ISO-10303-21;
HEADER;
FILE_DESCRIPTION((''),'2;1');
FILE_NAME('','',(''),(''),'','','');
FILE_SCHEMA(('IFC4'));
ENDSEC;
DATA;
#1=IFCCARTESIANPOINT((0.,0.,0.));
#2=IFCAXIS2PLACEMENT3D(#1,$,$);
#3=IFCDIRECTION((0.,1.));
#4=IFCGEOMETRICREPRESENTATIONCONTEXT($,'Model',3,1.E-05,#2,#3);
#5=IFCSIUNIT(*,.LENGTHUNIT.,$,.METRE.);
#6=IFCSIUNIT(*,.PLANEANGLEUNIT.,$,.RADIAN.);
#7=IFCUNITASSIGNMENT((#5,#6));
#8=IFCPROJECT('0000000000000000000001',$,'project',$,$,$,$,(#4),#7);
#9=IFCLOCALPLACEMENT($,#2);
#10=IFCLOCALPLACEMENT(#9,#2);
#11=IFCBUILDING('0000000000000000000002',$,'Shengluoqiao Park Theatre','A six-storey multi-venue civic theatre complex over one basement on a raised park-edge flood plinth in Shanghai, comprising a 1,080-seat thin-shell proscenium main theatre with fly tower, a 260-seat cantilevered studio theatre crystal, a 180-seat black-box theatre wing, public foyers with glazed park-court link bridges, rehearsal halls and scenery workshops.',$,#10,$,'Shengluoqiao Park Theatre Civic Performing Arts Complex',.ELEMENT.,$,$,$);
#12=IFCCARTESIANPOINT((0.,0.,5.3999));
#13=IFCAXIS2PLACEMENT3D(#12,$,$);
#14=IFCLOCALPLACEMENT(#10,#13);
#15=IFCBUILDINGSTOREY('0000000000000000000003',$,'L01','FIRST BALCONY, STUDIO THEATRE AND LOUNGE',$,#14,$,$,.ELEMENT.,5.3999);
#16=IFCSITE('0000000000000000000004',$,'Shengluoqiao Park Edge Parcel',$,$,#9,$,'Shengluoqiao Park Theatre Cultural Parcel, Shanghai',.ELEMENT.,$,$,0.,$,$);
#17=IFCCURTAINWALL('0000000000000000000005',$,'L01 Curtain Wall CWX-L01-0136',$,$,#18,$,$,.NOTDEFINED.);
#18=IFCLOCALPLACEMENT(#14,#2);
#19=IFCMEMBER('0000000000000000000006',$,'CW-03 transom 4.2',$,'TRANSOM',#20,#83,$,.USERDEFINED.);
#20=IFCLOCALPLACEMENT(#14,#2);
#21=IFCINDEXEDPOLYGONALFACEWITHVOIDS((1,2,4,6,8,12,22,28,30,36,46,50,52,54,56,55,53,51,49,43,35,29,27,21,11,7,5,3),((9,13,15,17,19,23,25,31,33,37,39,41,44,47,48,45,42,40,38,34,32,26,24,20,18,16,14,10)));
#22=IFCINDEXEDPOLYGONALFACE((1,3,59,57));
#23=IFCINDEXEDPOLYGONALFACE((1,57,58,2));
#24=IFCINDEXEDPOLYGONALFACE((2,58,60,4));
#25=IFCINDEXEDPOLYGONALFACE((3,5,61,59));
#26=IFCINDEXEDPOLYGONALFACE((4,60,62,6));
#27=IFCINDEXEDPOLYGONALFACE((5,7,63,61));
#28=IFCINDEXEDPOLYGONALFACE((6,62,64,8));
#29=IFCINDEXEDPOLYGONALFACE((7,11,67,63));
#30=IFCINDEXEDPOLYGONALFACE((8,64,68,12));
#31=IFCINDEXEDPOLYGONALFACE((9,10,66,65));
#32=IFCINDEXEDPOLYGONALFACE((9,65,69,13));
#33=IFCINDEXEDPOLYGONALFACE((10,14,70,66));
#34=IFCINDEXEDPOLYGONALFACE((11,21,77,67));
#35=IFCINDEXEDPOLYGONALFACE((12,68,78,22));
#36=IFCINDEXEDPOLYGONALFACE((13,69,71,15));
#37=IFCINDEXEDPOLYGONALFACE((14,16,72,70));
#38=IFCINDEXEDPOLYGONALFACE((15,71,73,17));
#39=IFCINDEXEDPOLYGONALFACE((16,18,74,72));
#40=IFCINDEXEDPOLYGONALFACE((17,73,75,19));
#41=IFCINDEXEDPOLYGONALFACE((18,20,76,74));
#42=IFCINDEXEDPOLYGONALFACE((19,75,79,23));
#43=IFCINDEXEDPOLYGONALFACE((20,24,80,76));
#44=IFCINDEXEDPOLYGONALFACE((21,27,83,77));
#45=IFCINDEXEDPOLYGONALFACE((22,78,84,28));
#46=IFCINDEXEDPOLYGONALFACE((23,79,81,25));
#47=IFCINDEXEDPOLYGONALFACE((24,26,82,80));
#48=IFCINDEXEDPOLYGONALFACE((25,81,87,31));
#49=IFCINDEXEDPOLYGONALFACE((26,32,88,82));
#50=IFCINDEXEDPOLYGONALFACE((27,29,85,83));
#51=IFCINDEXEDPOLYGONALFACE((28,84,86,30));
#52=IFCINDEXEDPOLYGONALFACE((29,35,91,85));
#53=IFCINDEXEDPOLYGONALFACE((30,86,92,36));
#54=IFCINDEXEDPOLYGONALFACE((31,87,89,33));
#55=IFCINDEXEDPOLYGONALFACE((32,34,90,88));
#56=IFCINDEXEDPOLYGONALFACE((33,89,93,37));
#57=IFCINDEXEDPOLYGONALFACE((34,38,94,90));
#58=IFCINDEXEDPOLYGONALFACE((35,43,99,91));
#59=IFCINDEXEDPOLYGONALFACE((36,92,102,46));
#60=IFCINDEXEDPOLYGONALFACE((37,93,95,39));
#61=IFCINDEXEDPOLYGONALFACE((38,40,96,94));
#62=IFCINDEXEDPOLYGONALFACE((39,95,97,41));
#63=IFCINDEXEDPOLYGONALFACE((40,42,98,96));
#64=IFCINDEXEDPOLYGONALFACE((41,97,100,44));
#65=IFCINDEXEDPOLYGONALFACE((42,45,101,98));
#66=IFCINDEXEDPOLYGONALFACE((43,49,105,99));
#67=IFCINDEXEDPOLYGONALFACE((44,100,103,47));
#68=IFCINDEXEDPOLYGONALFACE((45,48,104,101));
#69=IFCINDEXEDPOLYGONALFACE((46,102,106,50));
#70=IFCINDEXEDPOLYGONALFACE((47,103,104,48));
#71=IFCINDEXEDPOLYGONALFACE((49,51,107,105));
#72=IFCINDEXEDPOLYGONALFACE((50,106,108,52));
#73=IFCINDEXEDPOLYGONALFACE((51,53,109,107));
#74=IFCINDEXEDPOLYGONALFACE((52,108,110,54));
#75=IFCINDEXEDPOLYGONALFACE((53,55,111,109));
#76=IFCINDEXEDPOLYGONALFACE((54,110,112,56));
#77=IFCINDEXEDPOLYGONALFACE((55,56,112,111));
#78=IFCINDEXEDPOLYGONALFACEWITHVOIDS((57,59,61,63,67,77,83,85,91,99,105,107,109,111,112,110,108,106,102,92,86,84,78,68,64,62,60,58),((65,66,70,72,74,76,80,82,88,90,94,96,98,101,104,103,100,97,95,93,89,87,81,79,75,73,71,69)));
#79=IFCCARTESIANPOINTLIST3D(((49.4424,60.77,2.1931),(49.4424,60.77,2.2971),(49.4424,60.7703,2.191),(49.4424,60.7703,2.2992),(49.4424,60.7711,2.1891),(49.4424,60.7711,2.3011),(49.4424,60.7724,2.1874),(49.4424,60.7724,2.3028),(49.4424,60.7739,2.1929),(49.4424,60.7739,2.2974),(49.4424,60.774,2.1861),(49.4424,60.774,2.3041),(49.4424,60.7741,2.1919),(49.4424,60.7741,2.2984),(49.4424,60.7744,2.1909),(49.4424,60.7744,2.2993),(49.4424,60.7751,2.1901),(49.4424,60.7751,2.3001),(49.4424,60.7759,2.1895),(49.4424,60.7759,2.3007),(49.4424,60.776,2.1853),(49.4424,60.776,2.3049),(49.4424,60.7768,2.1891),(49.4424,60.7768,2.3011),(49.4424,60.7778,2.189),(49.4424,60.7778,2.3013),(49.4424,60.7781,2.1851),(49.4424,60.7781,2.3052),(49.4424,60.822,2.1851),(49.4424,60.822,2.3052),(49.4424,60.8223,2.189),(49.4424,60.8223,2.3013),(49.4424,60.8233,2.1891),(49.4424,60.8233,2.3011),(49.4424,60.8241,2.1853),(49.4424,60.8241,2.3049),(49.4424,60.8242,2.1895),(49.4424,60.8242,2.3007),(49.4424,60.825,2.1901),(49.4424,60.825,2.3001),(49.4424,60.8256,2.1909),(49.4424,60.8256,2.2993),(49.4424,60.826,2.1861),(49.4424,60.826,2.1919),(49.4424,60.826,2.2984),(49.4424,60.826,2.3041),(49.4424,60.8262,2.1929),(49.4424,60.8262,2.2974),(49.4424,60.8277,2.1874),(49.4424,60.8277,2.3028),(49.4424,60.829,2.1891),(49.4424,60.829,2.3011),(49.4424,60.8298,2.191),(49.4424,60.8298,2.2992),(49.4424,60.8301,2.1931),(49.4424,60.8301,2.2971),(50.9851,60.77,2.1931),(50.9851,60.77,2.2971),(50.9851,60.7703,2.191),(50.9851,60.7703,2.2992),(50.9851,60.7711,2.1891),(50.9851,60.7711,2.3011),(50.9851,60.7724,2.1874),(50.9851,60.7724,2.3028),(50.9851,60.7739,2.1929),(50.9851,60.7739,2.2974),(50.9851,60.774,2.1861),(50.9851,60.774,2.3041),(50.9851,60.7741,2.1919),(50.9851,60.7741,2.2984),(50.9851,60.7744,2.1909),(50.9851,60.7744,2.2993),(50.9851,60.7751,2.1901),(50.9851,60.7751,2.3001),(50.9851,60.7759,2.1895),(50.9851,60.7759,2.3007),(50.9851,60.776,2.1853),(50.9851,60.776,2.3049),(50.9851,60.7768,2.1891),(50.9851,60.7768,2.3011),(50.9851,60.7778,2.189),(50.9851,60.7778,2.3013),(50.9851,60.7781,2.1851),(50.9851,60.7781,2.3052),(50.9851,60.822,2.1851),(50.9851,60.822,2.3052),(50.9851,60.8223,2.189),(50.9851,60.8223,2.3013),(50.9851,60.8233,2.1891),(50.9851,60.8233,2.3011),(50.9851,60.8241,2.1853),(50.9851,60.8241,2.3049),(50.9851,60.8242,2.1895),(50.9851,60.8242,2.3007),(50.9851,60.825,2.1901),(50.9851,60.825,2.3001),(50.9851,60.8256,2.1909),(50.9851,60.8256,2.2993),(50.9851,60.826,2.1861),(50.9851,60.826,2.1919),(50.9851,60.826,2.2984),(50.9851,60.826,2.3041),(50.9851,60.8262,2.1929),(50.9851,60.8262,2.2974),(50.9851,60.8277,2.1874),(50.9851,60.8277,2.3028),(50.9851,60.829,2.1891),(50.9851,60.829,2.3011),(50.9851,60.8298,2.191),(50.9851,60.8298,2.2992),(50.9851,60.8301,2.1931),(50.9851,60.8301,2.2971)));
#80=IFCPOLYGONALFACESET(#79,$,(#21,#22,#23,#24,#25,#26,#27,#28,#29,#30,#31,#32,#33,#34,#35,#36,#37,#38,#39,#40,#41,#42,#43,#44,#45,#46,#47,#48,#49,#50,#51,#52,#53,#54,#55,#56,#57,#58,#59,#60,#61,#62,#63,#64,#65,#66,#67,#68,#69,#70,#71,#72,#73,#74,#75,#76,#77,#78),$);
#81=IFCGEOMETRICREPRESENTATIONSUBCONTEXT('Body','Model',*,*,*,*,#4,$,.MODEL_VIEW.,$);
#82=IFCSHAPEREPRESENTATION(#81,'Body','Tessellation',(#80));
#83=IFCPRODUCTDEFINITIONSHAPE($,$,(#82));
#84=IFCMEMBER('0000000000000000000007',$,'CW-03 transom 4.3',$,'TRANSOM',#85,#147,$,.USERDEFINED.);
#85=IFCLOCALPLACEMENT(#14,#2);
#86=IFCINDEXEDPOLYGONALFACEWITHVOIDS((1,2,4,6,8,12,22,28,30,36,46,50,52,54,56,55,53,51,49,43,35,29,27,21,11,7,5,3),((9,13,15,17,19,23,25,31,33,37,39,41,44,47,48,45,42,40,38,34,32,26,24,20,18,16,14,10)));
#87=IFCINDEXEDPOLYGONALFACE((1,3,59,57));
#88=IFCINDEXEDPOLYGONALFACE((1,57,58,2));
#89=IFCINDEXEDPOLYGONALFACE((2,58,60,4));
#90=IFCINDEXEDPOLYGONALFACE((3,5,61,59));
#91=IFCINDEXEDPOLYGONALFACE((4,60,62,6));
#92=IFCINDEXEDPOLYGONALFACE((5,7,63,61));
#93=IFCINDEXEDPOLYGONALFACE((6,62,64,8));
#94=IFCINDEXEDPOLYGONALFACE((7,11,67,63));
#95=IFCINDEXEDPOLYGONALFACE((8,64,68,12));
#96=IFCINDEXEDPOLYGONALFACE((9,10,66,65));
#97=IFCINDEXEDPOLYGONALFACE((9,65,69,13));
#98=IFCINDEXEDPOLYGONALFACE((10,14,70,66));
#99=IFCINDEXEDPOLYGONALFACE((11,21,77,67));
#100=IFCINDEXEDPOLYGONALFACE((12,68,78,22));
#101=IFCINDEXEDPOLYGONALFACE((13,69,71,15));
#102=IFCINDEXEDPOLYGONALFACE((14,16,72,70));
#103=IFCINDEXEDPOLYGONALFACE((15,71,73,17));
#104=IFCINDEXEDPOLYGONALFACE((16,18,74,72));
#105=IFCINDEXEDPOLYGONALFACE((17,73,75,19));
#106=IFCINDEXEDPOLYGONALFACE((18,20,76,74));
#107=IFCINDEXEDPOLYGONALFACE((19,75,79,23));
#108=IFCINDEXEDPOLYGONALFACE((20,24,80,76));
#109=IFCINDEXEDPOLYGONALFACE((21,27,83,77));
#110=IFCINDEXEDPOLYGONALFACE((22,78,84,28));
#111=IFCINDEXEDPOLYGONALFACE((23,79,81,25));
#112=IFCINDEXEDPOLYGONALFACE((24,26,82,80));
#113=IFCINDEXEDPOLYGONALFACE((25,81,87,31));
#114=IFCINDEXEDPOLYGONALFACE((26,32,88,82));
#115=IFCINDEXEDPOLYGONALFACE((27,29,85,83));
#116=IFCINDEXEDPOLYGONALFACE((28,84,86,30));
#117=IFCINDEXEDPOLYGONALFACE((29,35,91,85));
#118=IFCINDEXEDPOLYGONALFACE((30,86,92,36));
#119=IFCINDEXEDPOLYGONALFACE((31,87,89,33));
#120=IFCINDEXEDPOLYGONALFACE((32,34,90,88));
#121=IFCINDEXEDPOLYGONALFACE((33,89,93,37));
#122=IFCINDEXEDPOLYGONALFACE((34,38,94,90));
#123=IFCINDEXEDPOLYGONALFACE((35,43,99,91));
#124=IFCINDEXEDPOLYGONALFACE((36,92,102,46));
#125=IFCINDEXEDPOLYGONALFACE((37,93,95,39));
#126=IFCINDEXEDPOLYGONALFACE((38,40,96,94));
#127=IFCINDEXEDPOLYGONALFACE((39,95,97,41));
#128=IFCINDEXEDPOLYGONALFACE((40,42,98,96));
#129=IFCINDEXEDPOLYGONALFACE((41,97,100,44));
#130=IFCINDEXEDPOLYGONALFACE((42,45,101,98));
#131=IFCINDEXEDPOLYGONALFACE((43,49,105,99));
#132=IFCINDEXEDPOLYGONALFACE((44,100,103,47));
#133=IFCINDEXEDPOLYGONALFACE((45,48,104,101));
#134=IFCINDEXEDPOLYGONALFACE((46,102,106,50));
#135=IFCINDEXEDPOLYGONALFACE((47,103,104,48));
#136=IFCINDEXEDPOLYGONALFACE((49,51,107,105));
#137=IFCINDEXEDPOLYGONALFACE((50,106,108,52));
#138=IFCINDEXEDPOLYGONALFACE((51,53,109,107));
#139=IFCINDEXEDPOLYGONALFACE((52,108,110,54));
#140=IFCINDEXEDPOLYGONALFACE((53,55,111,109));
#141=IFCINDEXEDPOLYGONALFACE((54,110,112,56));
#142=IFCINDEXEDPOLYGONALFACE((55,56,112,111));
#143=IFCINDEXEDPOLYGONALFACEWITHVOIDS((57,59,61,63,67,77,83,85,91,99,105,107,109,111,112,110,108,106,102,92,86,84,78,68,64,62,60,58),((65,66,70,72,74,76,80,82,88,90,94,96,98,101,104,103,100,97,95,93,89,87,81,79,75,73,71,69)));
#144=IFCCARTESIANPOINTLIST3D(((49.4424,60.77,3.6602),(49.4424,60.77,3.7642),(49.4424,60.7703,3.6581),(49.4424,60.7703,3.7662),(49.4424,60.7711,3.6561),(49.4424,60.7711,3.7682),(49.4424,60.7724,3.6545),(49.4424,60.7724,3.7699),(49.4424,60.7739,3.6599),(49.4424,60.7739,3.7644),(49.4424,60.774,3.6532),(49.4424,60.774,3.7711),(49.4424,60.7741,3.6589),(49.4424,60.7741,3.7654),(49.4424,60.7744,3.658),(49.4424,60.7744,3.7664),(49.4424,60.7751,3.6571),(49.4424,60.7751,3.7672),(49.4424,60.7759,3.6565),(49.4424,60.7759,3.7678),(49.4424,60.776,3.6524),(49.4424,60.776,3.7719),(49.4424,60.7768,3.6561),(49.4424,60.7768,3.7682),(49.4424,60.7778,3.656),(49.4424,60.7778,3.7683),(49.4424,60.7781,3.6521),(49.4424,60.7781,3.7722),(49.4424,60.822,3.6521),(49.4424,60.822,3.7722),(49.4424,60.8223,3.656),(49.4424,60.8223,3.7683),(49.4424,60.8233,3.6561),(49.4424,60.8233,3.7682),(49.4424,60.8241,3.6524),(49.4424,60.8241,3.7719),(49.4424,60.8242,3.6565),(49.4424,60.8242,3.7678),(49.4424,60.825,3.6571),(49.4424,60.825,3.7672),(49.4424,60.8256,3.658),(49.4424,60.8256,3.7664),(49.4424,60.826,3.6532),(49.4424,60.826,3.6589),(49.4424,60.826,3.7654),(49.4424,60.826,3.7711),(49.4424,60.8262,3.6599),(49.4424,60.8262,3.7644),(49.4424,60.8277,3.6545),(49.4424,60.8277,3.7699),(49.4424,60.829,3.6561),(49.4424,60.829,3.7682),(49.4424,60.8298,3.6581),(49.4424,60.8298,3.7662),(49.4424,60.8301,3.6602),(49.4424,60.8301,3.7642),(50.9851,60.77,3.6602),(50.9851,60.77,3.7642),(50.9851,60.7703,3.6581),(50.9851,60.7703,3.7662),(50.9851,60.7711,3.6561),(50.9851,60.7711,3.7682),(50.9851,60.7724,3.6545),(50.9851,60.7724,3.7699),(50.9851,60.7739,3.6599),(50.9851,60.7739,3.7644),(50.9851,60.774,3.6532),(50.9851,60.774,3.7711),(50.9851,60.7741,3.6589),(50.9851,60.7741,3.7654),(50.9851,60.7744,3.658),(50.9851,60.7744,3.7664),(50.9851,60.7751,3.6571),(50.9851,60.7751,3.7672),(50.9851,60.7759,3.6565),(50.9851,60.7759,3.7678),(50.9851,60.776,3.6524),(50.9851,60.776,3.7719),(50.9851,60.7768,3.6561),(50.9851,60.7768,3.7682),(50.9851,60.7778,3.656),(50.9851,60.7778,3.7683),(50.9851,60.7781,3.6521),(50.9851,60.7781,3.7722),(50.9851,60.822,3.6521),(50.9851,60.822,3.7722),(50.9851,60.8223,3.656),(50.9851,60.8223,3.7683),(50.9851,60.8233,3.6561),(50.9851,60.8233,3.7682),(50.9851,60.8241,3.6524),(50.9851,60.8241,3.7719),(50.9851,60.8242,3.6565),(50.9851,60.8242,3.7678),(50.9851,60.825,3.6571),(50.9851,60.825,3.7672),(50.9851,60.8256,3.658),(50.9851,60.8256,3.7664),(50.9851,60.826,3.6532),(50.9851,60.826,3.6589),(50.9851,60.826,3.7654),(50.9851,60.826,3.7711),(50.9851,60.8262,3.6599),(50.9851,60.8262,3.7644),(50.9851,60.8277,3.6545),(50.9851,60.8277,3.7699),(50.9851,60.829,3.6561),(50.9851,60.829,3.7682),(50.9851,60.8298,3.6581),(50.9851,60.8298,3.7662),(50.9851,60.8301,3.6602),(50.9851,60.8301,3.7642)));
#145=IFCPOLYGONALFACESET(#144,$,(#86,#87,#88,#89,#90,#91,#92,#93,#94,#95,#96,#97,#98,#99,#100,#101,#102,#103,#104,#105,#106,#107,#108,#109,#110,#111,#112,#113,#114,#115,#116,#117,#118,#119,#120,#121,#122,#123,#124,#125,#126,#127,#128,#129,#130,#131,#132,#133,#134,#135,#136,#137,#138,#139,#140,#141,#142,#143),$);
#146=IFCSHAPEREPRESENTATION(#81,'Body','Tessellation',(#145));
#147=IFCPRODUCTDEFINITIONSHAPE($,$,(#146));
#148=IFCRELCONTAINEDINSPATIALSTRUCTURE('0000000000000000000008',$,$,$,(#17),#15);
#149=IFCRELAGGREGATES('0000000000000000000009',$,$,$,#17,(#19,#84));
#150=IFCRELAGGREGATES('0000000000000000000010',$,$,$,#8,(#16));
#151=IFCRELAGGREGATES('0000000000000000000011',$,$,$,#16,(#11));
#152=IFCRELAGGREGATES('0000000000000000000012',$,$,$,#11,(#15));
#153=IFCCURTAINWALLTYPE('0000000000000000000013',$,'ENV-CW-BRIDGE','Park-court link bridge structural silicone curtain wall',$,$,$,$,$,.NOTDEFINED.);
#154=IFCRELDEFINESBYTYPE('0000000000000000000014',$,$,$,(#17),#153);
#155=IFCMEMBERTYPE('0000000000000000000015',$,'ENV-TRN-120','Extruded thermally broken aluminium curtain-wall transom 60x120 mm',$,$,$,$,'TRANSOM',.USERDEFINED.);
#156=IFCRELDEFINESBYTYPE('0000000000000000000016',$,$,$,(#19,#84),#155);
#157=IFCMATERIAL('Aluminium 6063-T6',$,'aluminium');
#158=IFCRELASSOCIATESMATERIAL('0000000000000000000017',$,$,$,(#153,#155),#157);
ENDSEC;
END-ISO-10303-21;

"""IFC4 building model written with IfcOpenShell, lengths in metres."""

from ifc_helpers import new_model, si_unit, direction, frame, origin, origin_2d, place, context, subcontext, project, spatial, hollow_rectangle, extrude, material, material_profile, profile_set, type_object, element, aggregate, save


model = new_model("IFC4")

# Units and contexts
model_context = context("Model", 3, precision=1e-05, world=origin(), true_north=direction((0.0, 1.0)))
body_context = subcontext(model_context, "Body", "Model", "MODEL_VIEW")
ifc_project = project(units=[si_unit("LENGTHUNIT", "METRE"), si_unit("PLANEANGLEUNIT", "RADIAN")], contexts=[model_context])

# Site, building, storey
site_placement = place(None, origin())
site = spatial("IfcSite", under=ifc_project, at=site_placement, Name="Shengluoqiao Park Edge Parcel", LongName="Shengluoqiao Park Theatre Cultural Parcel, Shanghai", CompositionType="ELEMENT", RefElevation=0.0)
building_placement = place(site_placement, origin())
building = spatial("IfcBuilding", under=site, at=building_placement, Name="Shengluoqiao Park Theatre", Description="A six-storey multi-venue civic theatre complex over one basement on a raised park-edge flood plinth in Shanghai, comprising a 1,080-seat thin-shell proscenium main theatre with fly tower, a 260-seat cantilevered studio theatre crystal, a 180-seat black-box theatre wing, public foyers with glazed park-court link bridges, rehearsal halls and scenery workshops.", LongName="Shengluoqiao Park Theatre Civic Performing Arts Complex", CompositionType="ELEMENT")
storey_placement = place(building_placement, frame((0.0, 0.0, 5.3999)))
storey = spatial("IfcBuildingStorey", under=building, at=storey_placement, Name="L01", Description="FIRST BALCONY, STUDIO THEATRE AND LOUNGE", CompositionType="ELEMENT", Elevation=5.3999)

# Curtain wall
ifc_material_1 = material(Name="Aluminium 6063-T6", Category="aluminium")
curtain_wall_type = type_object("IfcCurtainWallType", Name="ENV-CW-BRIDGE", Description="Park-court link bridge structural silicone curtain wall", PredefinedType="NOTDEFINED", material=ifc_material_1)
curtain_wall_1_placement = place(storey_placement, origin())
curtain_wall_1 = element("IfcCurtainWall", 1, at=curtain_wall_1_placement, inside=storey, type_object=curtain_wall_type, Name="L01 Curtain Wall CWX-L01-0136", PredefinedType="NOTDEFINED")

# Members
ifc_material_profile_1 = material_profile(ifc_material_1, hollow_rectangle(XDim=0.0601, YDim=0.1201, WallThickness=0.0039, InnerFilletRadius=0.0039, OuterFilletRadius=0.0081, at=origin_2d()), Name="ALU TRANSOM 120x60x4")
ifc_profile_set_1 = profile_set([ifc_material_profile_1], Name="Aluminium 6063-T6")
member_type_1 = type_object("IfcMemberType", Name="ENV-TRN-120", Description="Extruded thermally broken aluminium curtain-wall transom 60x120 mm", ElementType="TRANSOM", PredefinedType="USERDEFINED", material=ifc_profile_set_1)
member_1_placement = place(storey_placement, frame((49.4424, 60.8, 2.2451), z_axis=(1.0, 0.0, 0.0), x_axis=(0.0, 1.0, 0.0)))
member_1 = element("IfcMember", 2, at=member_1_placement, type_object=member_type_1, Name="CW-03 transom 4.2", ObjectType="TRANSOM", PredefinedType="USERDEFINED", context=body_context, shape_type="SweptSolid", body=[
    extrude(hollow_rectangle(XDim=0.0601, YDim=0.1201, WallThickness=0.0039, InnerFilletRadius=0.0039, OuterFilletRadius=0.0081, at=origin_2d()), origin(), (0.0, 0.0, 1.0), 1.5427),
])
member_2_placement = place(storey_placement, frame((49.4424, 60.8, 3.7122), z_axis=(1.0, 0.0, 0.0), x_axis=(0.0, 1.0, 0.0)))
member_2 = element("IfcMember", 3, at=member_2_placement, type_object=member_type_1, Name="CW-03 transom 4.3", ObjectType="TRANSOM", PredefinedType="USERDEFINED", context=body_context, shape_type="SweptSolid", body=[
    extrude(hollow_rectangle(XDim=0.0601, YDim=0.1201, WallThickness=0.0039, InnerFilletRadius=0.0039, OuterFilletRadius=0.0081, at=origin_2d()), origin(), (0.0, 0.0, 1.0), 1.5427),
])

aggregate(curtain_wall_1, [member_1, member_2])

save(model, "model.ifc")
